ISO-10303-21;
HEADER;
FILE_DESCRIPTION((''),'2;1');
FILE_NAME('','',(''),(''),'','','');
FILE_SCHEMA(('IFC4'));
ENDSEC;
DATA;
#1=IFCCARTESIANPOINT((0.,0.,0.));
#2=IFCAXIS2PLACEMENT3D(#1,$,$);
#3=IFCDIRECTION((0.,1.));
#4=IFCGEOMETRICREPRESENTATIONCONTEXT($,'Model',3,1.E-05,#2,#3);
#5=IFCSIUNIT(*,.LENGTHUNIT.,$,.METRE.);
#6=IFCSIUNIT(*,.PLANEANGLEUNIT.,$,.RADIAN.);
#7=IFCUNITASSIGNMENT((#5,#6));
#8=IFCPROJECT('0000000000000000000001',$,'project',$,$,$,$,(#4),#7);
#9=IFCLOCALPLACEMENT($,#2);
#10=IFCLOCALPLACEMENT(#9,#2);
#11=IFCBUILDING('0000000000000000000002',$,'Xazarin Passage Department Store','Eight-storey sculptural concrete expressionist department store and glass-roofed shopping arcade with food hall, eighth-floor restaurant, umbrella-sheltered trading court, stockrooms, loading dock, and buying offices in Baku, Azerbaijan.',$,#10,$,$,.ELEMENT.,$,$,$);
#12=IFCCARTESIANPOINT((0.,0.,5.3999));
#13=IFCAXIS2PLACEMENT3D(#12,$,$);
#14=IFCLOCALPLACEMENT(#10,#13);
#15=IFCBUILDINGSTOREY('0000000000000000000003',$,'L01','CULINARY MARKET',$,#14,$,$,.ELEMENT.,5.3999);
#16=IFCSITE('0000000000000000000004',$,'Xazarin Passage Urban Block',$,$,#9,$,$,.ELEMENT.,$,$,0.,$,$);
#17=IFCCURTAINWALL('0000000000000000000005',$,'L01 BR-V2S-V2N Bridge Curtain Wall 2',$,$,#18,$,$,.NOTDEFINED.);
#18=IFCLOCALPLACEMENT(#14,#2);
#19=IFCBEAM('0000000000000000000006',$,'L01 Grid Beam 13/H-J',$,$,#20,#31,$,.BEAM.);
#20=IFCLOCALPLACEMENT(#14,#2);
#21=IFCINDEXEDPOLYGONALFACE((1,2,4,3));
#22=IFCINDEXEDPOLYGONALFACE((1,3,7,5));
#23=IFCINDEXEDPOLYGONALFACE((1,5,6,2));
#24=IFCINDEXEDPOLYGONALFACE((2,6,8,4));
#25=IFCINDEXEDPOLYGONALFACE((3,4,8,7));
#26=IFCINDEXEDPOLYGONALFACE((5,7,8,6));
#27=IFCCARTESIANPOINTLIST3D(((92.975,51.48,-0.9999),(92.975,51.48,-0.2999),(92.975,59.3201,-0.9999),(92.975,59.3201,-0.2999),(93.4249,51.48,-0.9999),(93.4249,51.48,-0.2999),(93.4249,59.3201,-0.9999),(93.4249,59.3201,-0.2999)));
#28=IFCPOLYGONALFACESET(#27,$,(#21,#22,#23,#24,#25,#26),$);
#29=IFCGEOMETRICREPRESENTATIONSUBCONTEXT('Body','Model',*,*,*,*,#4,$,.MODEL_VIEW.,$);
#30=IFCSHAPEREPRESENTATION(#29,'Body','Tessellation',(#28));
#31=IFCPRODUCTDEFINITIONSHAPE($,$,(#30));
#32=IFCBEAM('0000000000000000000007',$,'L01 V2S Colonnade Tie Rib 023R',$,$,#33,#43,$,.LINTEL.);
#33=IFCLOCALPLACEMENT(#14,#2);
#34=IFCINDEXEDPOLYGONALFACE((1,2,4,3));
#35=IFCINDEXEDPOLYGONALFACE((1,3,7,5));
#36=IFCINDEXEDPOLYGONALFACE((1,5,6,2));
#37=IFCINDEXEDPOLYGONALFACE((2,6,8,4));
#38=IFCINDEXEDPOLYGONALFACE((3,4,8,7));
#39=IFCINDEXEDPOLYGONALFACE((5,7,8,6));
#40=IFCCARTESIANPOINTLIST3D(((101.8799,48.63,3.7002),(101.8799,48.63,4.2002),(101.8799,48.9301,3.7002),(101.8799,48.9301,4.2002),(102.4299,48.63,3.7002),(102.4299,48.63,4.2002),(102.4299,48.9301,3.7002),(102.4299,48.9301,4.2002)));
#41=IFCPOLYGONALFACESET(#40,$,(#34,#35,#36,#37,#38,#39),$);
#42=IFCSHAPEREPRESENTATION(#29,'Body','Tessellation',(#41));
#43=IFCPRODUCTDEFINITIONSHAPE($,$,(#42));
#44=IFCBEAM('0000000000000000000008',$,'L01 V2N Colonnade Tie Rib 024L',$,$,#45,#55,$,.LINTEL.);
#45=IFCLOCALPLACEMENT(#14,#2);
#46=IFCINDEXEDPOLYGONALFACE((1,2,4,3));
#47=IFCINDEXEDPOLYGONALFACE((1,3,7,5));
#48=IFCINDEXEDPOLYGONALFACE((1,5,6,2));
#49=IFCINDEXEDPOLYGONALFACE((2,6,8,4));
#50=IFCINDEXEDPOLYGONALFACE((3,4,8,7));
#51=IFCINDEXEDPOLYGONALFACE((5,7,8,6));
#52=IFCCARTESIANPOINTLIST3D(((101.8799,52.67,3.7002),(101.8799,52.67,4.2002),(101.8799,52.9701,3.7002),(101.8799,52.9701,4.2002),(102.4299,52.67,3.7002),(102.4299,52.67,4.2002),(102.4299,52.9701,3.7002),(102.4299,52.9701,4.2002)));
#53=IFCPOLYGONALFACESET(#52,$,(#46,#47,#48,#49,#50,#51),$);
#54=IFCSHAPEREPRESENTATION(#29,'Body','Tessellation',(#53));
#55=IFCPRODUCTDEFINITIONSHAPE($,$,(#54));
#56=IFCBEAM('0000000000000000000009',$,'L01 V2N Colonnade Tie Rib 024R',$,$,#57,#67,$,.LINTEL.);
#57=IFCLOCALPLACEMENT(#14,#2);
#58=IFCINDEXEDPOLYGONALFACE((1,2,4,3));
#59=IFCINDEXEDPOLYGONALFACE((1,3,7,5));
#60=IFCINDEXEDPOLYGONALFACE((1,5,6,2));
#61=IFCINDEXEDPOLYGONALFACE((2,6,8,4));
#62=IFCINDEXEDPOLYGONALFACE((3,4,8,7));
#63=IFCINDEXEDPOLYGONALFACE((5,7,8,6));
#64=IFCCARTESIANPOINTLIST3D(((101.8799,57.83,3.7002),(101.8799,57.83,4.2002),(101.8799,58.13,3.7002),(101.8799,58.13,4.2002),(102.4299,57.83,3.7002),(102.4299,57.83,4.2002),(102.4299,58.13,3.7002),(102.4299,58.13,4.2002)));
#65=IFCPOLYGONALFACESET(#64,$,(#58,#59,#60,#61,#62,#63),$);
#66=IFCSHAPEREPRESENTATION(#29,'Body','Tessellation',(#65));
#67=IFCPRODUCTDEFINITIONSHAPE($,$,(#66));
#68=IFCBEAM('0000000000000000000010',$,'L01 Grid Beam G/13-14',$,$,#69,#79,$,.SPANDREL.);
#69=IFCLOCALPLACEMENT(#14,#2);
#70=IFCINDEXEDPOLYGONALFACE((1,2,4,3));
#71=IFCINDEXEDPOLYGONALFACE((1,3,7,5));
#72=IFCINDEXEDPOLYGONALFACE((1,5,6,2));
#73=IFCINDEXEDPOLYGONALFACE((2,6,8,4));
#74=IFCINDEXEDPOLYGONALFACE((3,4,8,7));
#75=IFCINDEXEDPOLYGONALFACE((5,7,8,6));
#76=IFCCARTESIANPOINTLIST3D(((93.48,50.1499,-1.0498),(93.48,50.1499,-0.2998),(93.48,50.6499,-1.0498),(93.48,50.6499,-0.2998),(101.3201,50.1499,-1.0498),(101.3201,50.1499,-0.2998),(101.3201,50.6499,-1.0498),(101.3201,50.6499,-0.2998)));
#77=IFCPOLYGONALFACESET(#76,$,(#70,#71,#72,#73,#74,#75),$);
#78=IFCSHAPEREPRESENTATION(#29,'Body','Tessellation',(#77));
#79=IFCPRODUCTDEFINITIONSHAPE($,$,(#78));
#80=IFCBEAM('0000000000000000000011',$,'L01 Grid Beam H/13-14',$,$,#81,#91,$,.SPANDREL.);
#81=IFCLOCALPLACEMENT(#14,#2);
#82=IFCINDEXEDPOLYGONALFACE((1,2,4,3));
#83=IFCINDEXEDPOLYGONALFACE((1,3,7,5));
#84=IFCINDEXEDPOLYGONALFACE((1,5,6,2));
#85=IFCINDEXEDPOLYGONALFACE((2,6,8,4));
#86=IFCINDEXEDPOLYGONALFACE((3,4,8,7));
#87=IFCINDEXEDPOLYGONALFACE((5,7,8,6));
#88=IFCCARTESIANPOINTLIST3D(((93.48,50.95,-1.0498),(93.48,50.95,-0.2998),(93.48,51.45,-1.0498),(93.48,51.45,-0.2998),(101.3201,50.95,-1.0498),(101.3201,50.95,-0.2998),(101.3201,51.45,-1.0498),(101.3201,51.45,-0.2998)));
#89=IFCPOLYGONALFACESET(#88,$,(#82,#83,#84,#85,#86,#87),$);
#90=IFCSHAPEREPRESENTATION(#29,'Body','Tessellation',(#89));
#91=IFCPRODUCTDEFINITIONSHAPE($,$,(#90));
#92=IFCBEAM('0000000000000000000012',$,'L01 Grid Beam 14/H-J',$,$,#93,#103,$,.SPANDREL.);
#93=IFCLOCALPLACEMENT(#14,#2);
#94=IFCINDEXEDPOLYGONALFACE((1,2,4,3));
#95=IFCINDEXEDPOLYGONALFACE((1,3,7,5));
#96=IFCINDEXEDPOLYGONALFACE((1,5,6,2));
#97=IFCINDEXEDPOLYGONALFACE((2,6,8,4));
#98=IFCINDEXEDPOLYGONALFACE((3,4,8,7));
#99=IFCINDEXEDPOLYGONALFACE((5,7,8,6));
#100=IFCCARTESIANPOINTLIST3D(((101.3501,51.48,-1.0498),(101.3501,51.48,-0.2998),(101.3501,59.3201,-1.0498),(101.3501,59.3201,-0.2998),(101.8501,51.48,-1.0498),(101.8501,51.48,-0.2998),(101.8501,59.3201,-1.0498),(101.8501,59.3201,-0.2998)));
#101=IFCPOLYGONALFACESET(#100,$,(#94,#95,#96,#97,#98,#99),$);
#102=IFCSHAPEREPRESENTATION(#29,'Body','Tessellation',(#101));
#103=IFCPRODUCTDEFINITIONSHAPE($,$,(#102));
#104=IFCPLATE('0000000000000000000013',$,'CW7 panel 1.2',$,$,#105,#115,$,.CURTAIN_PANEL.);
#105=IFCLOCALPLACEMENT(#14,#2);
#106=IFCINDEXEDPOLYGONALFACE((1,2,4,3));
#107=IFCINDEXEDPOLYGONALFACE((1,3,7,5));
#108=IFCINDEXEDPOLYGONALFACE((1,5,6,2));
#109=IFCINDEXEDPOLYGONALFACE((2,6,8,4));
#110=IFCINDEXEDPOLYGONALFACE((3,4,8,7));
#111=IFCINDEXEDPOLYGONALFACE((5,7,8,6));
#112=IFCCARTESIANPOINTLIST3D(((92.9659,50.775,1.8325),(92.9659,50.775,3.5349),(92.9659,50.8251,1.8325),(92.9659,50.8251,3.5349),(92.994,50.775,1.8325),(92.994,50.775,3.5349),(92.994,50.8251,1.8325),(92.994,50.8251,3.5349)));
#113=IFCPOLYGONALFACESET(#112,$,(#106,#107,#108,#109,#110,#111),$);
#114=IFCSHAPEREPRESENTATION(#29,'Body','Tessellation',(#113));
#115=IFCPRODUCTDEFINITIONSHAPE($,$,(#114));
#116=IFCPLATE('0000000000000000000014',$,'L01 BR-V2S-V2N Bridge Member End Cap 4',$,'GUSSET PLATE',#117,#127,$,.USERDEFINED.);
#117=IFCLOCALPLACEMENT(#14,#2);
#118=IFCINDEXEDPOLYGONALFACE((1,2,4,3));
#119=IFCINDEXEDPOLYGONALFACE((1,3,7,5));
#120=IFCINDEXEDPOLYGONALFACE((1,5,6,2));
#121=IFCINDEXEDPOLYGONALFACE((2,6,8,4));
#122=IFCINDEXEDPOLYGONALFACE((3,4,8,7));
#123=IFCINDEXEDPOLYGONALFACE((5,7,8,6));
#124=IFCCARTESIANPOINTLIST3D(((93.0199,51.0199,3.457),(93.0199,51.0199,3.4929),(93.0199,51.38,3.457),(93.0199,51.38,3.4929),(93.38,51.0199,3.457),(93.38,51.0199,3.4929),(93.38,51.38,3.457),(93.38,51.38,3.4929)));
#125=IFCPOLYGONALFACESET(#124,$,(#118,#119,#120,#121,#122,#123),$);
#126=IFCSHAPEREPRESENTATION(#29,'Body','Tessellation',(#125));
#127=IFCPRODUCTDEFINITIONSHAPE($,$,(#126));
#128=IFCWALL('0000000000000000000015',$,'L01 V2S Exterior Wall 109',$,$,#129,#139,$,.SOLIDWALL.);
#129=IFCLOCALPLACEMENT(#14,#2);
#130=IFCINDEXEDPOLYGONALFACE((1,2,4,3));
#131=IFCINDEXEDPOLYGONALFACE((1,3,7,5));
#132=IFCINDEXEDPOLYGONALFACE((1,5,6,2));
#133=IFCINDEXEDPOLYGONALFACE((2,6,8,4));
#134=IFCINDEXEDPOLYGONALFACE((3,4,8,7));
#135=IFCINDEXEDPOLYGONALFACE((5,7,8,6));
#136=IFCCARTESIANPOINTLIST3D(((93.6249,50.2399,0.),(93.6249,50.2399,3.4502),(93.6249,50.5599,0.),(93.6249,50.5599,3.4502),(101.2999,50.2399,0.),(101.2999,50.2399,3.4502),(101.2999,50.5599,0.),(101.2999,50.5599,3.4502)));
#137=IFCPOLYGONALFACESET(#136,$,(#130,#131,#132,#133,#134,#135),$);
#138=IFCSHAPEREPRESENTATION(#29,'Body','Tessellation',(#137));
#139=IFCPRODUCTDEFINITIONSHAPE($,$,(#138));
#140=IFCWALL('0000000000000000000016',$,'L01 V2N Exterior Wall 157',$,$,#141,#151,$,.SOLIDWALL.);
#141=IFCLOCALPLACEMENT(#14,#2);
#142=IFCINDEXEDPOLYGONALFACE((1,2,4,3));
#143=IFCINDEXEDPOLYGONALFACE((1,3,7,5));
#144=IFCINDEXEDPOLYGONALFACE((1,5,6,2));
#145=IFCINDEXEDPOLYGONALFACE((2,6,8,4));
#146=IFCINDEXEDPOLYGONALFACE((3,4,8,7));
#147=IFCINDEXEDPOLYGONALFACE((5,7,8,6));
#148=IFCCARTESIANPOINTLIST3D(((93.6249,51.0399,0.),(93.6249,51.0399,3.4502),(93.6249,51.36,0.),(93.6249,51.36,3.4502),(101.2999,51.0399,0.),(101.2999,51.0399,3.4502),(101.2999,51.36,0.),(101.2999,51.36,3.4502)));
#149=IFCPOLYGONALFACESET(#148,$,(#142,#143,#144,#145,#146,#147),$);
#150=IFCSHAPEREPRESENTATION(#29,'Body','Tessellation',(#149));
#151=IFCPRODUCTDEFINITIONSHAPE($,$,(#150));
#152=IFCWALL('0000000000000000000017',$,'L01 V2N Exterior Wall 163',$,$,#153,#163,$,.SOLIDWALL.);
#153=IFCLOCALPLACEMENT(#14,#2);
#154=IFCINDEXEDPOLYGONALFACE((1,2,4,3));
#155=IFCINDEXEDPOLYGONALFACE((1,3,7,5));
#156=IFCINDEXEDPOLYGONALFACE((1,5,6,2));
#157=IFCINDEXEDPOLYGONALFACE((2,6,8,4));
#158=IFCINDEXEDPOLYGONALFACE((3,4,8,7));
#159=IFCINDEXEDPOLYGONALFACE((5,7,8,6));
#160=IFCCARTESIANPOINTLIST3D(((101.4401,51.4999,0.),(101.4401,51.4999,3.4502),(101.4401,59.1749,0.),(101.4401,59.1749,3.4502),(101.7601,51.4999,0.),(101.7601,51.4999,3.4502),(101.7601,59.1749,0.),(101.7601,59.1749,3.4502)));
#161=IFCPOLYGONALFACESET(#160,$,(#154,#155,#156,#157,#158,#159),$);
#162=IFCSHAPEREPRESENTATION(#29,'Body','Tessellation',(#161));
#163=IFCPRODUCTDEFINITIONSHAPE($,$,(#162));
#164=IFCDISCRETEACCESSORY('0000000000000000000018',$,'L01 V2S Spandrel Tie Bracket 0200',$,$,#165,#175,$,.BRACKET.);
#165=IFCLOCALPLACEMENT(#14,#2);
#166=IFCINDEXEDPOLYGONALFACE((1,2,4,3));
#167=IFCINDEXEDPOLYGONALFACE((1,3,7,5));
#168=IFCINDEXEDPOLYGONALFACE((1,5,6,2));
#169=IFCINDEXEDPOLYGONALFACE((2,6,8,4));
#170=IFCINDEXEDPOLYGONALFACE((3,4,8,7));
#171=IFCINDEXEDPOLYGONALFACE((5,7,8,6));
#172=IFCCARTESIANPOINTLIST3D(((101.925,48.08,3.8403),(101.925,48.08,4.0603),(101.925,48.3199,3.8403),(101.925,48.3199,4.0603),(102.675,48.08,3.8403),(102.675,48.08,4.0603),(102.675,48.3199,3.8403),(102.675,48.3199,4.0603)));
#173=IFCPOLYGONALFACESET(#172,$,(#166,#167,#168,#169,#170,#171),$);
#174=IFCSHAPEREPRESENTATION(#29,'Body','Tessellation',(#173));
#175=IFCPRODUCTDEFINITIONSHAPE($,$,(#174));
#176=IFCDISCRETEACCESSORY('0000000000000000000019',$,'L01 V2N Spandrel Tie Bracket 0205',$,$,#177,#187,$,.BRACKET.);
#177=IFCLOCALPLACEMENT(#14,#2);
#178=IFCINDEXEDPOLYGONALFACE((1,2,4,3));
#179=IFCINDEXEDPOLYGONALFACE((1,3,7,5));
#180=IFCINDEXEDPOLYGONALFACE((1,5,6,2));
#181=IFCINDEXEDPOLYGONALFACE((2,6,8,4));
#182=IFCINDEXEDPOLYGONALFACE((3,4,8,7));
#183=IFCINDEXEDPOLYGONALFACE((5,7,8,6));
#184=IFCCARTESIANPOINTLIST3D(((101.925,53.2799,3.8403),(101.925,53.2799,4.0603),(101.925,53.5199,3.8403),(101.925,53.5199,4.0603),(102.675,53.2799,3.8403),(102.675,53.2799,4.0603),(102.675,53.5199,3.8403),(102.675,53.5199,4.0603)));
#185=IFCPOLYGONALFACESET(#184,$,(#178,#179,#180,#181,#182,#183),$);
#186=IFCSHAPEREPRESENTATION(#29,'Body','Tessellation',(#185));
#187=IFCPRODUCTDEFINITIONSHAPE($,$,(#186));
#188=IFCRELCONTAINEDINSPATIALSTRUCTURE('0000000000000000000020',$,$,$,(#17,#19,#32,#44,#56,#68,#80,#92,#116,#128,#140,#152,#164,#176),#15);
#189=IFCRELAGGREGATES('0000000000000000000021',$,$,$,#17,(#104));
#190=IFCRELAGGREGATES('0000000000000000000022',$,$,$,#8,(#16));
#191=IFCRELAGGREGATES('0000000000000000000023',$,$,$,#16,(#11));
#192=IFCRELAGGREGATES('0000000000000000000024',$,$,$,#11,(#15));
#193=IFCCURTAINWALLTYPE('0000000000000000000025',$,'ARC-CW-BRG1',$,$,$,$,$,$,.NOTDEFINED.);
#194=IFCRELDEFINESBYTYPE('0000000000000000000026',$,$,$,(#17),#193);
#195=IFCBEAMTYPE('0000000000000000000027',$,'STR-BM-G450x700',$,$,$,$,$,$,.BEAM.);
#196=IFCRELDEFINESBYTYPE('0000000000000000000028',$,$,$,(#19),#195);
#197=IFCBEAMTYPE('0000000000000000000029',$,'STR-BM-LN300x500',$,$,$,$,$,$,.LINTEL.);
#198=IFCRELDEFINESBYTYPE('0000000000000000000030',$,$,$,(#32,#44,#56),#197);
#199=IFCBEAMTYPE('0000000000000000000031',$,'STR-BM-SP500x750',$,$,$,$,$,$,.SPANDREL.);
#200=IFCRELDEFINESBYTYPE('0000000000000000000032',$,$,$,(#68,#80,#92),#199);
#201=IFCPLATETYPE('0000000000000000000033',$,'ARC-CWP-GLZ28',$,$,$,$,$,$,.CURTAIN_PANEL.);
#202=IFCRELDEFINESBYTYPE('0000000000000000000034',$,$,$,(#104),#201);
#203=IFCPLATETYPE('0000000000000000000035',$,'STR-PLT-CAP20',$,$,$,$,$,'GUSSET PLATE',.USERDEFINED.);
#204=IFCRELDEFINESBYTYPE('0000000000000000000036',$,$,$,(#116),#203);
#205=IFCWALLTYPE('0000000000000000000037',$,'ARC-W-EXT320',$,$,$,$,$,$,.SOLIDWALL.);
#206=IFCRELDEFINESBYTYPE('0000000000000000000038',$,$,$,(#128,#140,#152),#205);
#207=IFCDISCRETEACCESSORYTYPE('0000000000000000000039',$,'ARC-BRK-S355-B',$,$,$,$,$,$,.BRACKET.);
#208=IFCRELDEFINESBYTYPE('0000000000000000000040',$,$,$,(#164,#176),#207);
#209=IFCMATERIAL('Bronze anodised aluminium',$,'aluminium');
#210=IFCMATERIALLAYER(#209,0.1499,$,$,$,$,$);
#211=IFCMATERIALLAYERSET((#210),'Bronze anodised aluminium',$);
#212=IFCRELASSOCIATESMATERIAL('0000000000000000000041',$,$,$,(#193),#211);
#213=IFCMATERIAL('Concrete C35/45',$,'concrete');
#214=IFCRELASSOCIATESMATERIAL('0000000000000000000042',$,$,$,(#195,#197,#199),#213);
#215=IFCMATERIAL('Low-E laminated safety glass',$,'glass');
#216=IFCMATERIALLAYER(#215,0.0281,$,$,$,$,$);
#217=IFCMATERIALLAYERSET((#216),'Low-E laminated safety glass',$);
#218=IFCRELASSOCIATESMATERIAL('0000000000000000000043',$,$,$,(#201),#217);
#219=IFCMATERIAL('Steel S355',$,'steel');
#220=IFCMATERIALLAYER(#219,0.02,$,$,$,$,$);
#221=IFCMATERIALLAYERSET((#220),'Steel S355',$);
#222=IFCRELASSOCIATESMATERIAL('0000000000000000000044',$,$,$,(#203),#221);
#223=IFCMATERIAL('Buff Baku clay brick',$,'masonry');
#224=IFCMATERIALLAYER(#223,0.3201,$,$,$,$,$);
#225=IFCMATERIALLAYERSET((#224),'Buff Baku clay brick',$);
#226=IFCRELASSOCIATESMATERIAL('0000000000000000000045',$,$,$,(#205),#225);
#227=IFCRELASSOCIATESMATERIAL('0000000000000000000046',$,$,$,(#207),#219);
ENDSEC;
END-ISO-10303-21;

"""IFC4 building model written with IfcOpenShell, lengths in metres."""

from ifc_helpers import new_model, si_unit, direction, frame, frame_2d, origin, origin_2d, place, context, subcontext, project, spatial, rectangle, extrude, material, layer, layer_set, material_profile, profile_set, type_object, element, aggregate, save


model = new_model("IFC4")

# Units and contexts
model_context = context("Model", 3, precision=1e-05, world=origin(), true_north=direction((0.0, 1.0)))
body_context = subcontext(model_context, "Body", "Model", "MODEL_VIEW")
ifc_project = project(units=[si_unit("LENGTHUNIT", "METRE"), si_unit("PLANEANGLEUNIT", "RADIAN")], contexts=[model_context])

# Site, building, storey
site_placement = place(None, origin())
site = spatial("IfcSite", under=ifc_project, at=site_placement, Name="Xazarin Passage Urban Block", CompositionType="ELEMENT", RefElevation=0.0)
building_placement = place(site_placement, origin())
building = spatial("IfcBuilding", under=site, at=building_placement, Name="Xazarin Passage Department Store", Description="Eight-storey sculptural concrete expressionist department store and glass-roofed shopping arcade with food hall, eighth-floor restaurant, umbrella-sheltered trading court, stockrooms, loading dock, and buying offices in Baku, Azerbaijan.", CompositionType="ELEMENT")
storey_placement = place(building_placement, frame((0.0, 0.0, 5.3999)))
storey = spatial("IfcBuildingStorey", under=building, at=storey_placement, Name="L01", Description="CULINARY MARKET", CompositionType="ELEMENT", Elevation=5.3999)

# Curtain wall
ifc_material_1 = material(Name="Bronze anodised aluminium", Category="aluminium")
ifc_layer_1 = layer(ifc_material_1, 0.1499)
ifc_layer_set_1 = layer_set([ifc_layer_1], Name="Bronze anodised aluminium")
curtain_wall_type = type_object("IfcCurtainWallType", Name="ARC-CW-BRG1", PredefinedType="NOTDEFINED", material=ifc_layer_set_1)
curtain_wall_placement = place(storey_placement, origin())
curtain_wall = element("IfcCurtainWall", 1, at=curtain_wall_placement, inside=storey, type_object=curtain_wall_type, Name="L01 BR-V2S-V2N Bridge Curtain Wall 2", PredefinedType="NOTDEFINED")

# Beams
ifc_material_2 = material(Name="Steel S355", Category="steel")
ifc_material_3 = material(Name="Concrete C35/45", Category="concrete")
ifc_material_profile_1 = material_profile(ifc_material_3, rectangle(XDim=0.45, YDim=0.7, at=origin_2d()), Name="RC 450x700")
ifc_profile_set_1 = profile_set([ifc_material_profile_1], Name="Concrete C35/45")
beam_type_1 = type_object("IfcBeamType", Name="STR-BM-G450x700", PredefinedType="BEAM", material=ifc_profile_set_1)
beam_1_placement = place(storey_placement, frame((93.2, 51.48, -0.6499), z_axis=(0.0, 1.0, 0.0), x_axis=(-1.0, 0.0, 0.0)))
element("IfcBeam", 2, at=beam_1_placement, inside=storey, type_object=beam_type_1, Name="L01 Grid Beam 13/H-J", PredefinedType="BEAM", context=body_context, shape_type="SweptSolid", body=[
    extrude(rectangle(XDim=0.45, YDim=0.7, at=origin_2d()), origin(), (0.0, 0.0, 1.0), 7.8401),
])
ifc_material_profile_2 = material_profile(ifc_material_3, rectangle(XDim=0.3, YDim=0.5, at=origin_2d()), Name="RC 300x500")
ifc_profile_set_2 = profile_set([ifc_material_profile_2], Name="Concrete C35/45")
beam_type_2 = type_object("IfcBeamType", Name="STR-BM-LN300x500", PredefinedType="LINTEL", material=ifc_profile_set_2)
for number, where, z_axis, x_axis, name in (
    (3, (101.8799, 48.78, 3.9502), (1.0, 0.0, 0.0), (0.0, 1.0, 0.0), "L01 V2S Colonnade Tie Rib 023R"),
    (4, (101.8799, 52.8201, 3.9502), (1.0, 0.0, 0.0), (0.0, 1.0, 0.0), "L01 V2N Colonnade Tie Rib 024L"),
    (5, (101.8799, 57.98, 3.9502), (1.0, 0.0, 0.0), (0.0, 1.0, 0.0), "L01 V2N Colonnade Tie Rib 024R"),
):
    element("IfcBeam", number, at=place(storey_placement, frame(where, z_axis=z_axis, x_axis=x_axis)), inside=storey, type_object=beam_type_2, Name=name, PredefinedType="LINTEL", context=body_context, shape_type="SweptSolid", body=[
        extrude(rectangle(XDim=0.3, YDim=0.5, at=origin_2d()), origin(), (0.0, 0.0, 1.0), 0.55),
    ])
ifc_material_profile_3 = material_profile(ifc_material_3, rectangle(XDim=0.5, YDim=0.75, at=origin_2d()), Name="RC 500x750")
ifc_profile_set_3 = profile_set([ifc_material_profile_3], Name="Concrete C35/45")
beam_type_3 = type_object("IfcBeamType", Name="STR-BM-SP500x750", PredefinedType="SPANDREL", material=ifc_profile_set_3)
for number, where, z_axis, x_axis, name in (
    (6, (93.48, 50.3999, -0.6748), (1.0, 0.0, 0.0), (0.0, 1.0, 0.0), "L01 Grid Beam G/13-14"),
    (7, (93.48, 51.2, -0.6748), (1.0, 0.0, 0.0), (0.0, 1.0, 0.0), "L01 Grid Beam H/13-14"),
    (8, (101.6001, 51.48, -0.6748), (0.0, 1.0, 0.0), (-1.0, 0.0, 0.0), "L01 Grid Beam 14/H-J"),
):
    element("IfcBeam", number, at=place(storey_placement, frame(where, z_axis=z_axis, x_axis=x_axis)), inside=storey, type_object=beam_type_3, Name=name, PredefinedType="SPANDREL", context=body_context, shape_type="SweptSolid", body=[
        extrude(rectangle(XDim=0.5, YDim=0.75, at=origin_2d()), origin(), (0.0, 0.0, 1.0), 7.8401),
    ])

# Plates
ifc_material_4 = material(Name="Low-E laminated safety glass", Category="glass")
ifc_layer_2 = layer(ifc_material_4, 0.0281)
ifc_layer_set_2 = layer_set([ifc_layer_2], Name="Low-E laminated safety glass")
plate_type_1 = type_object("IfcPlateType", Name="ARC-CWP-GLZ28", PredefinedType="CURTAIN_PANEL", material=ifc_layer_set_2)
plate_1_placement = place(storey_placement, frame((92.98, 50.8, 1.8325), z_axis=(0.0, 0.0, 1.0), x_axis=(0.0, 1.0, 0.0)))
plate_1 = element("IfcPlate", 9, at=plate_1_placement, type_object=plate_type_1, Name="CW7 panel 1.2", PredefinedType="CURTAIN_PANEL", context=body_context, shape_type="SweptSolid", body=[
    extrude(rectangle(XDim=0.05, YDim=0.0281, at=origin_2d()), origin(), (0.0, 0.0, 1.0), 1.7024),
])
aggregate(curtain_wall, [plate_1])
ifc_layer_3 = layer(ifc_material_2, 0.02)
ifc_layer_set_3 = layer_set([ifc_layer_3], Name="Steel S355")
plate_type_2 = type_object("IfcPlateType", Name="STR-PLT-CAP20", ElementType="GUSSET PLATE", PredefinedType="USERDEFINED", material=ifc_layer_set_3)
plate_2_placement = place(storey_placement, frame((93.2, 51.2, 3.457), z_axis=(0.0, 0.0, 1.0), x_axis=(1.0, 0.0, 0.0)))
element("IfcPlate", 10, at=plate_2_placement, inside=storey, type_object=plate_type_2, Name="L01 BR-V2S-V2N Bridge Member End Cap 4", ObjectType="GUSSET PLATE", PredefinedType="USERDEFINED", context=body_context, shape_type="SweptSolid", body=[
    extrude(rectangle(XDim=0.3601, YDim=0.3601, at=origin_2d()), origin(), (0.0, 0.0, 1.0), 0.0359),
])

# Walls
ifc_material_5 = material(Name="Buff Baku clay brick", Category="masonry")
ifc_layer_4 = layer(ifc_material_5, 0.3201)
ifc_layer_set_4 = layer_set([ifc_layer_4], Name="Buff Baku clay brick")
wall_type = type_object("IfcWallType", Name="ARC-W-EXT320", PredefinedType="SOLIDWALL", material=ifc_layer_set_4)
for number, where, z_axis, x_axis, name in (
    (11, (93.625, 50.3999, 0.0), (0.0, 0.0, 1.0), (1.0, 0.0, 0.0), "L01 V2S Exterior Wall 109"),
    (12, (93.625, 51.2, 0.0), (0.0, 0.0, 1.0), (1.0, 0.0, 0.0), "L01 V2N Exterior Wall 157"),
    (13, (101.6001, 51.5, 0.0), (0.0, 0.0, 1.0), (0.0, 1.0, 0.0), "L01 V2N Exterior Wall 163"),
):
    element("IfcWall", number, at=place(storey_placement, frame(where, z_axis=z_axis, x_axis=x_axis)), inside=storey, type_object=wall_type, Name=name, PredefinedType="SOLIDWALL", context=body_context, shape_type="SweptSolid", body=[
        extrude(rectangle(XDim=7.675, YDim=0.3201, at=frame_2d((3.8374, 0.0))), origin(), (0.0, 0.0, 1.0), 3.4502),
    ])

# Discrete accessories
discrete_accessory_type = type_object("IfcDiscreteAccessoryType", Name="ARC-BRK-S355-B", PredefinedType="BRACKET", material=ifc_material_2)
for number, where, z_axis, x_axis, name in (
    (14, (102.3, 48.2, 3.8403), (0.0, 0.0, 1.0), (0.0, 1.0, 0.0), "L01 V2S Spandrel Tie Bracket 0200"),
    (15, (102.3, 53.3999, 3.8403), (0.0, 0.0, 1.0), (0.0, 1.0, 0.0), "L01 V2N Spandrel Tie Bracket 0205"),
):
    element("IfcDiscreteAccessory", number, at=place(storey_placement, frame(where, z_axis=z_axis, x_axis=x_axis)), inside=storey, type_object=discrete_accessory_type, Name=name, PredefinedType="BRACKET", context=body_context, shape_type="SweptSolid", body=[
        extrude(rectangle(XDim=0.24, YDim=0.75, at=origin_2d()), origin(), (0.0, 0.0, 1.0), 0.22),
    ])

save(model, "model.ifc")
